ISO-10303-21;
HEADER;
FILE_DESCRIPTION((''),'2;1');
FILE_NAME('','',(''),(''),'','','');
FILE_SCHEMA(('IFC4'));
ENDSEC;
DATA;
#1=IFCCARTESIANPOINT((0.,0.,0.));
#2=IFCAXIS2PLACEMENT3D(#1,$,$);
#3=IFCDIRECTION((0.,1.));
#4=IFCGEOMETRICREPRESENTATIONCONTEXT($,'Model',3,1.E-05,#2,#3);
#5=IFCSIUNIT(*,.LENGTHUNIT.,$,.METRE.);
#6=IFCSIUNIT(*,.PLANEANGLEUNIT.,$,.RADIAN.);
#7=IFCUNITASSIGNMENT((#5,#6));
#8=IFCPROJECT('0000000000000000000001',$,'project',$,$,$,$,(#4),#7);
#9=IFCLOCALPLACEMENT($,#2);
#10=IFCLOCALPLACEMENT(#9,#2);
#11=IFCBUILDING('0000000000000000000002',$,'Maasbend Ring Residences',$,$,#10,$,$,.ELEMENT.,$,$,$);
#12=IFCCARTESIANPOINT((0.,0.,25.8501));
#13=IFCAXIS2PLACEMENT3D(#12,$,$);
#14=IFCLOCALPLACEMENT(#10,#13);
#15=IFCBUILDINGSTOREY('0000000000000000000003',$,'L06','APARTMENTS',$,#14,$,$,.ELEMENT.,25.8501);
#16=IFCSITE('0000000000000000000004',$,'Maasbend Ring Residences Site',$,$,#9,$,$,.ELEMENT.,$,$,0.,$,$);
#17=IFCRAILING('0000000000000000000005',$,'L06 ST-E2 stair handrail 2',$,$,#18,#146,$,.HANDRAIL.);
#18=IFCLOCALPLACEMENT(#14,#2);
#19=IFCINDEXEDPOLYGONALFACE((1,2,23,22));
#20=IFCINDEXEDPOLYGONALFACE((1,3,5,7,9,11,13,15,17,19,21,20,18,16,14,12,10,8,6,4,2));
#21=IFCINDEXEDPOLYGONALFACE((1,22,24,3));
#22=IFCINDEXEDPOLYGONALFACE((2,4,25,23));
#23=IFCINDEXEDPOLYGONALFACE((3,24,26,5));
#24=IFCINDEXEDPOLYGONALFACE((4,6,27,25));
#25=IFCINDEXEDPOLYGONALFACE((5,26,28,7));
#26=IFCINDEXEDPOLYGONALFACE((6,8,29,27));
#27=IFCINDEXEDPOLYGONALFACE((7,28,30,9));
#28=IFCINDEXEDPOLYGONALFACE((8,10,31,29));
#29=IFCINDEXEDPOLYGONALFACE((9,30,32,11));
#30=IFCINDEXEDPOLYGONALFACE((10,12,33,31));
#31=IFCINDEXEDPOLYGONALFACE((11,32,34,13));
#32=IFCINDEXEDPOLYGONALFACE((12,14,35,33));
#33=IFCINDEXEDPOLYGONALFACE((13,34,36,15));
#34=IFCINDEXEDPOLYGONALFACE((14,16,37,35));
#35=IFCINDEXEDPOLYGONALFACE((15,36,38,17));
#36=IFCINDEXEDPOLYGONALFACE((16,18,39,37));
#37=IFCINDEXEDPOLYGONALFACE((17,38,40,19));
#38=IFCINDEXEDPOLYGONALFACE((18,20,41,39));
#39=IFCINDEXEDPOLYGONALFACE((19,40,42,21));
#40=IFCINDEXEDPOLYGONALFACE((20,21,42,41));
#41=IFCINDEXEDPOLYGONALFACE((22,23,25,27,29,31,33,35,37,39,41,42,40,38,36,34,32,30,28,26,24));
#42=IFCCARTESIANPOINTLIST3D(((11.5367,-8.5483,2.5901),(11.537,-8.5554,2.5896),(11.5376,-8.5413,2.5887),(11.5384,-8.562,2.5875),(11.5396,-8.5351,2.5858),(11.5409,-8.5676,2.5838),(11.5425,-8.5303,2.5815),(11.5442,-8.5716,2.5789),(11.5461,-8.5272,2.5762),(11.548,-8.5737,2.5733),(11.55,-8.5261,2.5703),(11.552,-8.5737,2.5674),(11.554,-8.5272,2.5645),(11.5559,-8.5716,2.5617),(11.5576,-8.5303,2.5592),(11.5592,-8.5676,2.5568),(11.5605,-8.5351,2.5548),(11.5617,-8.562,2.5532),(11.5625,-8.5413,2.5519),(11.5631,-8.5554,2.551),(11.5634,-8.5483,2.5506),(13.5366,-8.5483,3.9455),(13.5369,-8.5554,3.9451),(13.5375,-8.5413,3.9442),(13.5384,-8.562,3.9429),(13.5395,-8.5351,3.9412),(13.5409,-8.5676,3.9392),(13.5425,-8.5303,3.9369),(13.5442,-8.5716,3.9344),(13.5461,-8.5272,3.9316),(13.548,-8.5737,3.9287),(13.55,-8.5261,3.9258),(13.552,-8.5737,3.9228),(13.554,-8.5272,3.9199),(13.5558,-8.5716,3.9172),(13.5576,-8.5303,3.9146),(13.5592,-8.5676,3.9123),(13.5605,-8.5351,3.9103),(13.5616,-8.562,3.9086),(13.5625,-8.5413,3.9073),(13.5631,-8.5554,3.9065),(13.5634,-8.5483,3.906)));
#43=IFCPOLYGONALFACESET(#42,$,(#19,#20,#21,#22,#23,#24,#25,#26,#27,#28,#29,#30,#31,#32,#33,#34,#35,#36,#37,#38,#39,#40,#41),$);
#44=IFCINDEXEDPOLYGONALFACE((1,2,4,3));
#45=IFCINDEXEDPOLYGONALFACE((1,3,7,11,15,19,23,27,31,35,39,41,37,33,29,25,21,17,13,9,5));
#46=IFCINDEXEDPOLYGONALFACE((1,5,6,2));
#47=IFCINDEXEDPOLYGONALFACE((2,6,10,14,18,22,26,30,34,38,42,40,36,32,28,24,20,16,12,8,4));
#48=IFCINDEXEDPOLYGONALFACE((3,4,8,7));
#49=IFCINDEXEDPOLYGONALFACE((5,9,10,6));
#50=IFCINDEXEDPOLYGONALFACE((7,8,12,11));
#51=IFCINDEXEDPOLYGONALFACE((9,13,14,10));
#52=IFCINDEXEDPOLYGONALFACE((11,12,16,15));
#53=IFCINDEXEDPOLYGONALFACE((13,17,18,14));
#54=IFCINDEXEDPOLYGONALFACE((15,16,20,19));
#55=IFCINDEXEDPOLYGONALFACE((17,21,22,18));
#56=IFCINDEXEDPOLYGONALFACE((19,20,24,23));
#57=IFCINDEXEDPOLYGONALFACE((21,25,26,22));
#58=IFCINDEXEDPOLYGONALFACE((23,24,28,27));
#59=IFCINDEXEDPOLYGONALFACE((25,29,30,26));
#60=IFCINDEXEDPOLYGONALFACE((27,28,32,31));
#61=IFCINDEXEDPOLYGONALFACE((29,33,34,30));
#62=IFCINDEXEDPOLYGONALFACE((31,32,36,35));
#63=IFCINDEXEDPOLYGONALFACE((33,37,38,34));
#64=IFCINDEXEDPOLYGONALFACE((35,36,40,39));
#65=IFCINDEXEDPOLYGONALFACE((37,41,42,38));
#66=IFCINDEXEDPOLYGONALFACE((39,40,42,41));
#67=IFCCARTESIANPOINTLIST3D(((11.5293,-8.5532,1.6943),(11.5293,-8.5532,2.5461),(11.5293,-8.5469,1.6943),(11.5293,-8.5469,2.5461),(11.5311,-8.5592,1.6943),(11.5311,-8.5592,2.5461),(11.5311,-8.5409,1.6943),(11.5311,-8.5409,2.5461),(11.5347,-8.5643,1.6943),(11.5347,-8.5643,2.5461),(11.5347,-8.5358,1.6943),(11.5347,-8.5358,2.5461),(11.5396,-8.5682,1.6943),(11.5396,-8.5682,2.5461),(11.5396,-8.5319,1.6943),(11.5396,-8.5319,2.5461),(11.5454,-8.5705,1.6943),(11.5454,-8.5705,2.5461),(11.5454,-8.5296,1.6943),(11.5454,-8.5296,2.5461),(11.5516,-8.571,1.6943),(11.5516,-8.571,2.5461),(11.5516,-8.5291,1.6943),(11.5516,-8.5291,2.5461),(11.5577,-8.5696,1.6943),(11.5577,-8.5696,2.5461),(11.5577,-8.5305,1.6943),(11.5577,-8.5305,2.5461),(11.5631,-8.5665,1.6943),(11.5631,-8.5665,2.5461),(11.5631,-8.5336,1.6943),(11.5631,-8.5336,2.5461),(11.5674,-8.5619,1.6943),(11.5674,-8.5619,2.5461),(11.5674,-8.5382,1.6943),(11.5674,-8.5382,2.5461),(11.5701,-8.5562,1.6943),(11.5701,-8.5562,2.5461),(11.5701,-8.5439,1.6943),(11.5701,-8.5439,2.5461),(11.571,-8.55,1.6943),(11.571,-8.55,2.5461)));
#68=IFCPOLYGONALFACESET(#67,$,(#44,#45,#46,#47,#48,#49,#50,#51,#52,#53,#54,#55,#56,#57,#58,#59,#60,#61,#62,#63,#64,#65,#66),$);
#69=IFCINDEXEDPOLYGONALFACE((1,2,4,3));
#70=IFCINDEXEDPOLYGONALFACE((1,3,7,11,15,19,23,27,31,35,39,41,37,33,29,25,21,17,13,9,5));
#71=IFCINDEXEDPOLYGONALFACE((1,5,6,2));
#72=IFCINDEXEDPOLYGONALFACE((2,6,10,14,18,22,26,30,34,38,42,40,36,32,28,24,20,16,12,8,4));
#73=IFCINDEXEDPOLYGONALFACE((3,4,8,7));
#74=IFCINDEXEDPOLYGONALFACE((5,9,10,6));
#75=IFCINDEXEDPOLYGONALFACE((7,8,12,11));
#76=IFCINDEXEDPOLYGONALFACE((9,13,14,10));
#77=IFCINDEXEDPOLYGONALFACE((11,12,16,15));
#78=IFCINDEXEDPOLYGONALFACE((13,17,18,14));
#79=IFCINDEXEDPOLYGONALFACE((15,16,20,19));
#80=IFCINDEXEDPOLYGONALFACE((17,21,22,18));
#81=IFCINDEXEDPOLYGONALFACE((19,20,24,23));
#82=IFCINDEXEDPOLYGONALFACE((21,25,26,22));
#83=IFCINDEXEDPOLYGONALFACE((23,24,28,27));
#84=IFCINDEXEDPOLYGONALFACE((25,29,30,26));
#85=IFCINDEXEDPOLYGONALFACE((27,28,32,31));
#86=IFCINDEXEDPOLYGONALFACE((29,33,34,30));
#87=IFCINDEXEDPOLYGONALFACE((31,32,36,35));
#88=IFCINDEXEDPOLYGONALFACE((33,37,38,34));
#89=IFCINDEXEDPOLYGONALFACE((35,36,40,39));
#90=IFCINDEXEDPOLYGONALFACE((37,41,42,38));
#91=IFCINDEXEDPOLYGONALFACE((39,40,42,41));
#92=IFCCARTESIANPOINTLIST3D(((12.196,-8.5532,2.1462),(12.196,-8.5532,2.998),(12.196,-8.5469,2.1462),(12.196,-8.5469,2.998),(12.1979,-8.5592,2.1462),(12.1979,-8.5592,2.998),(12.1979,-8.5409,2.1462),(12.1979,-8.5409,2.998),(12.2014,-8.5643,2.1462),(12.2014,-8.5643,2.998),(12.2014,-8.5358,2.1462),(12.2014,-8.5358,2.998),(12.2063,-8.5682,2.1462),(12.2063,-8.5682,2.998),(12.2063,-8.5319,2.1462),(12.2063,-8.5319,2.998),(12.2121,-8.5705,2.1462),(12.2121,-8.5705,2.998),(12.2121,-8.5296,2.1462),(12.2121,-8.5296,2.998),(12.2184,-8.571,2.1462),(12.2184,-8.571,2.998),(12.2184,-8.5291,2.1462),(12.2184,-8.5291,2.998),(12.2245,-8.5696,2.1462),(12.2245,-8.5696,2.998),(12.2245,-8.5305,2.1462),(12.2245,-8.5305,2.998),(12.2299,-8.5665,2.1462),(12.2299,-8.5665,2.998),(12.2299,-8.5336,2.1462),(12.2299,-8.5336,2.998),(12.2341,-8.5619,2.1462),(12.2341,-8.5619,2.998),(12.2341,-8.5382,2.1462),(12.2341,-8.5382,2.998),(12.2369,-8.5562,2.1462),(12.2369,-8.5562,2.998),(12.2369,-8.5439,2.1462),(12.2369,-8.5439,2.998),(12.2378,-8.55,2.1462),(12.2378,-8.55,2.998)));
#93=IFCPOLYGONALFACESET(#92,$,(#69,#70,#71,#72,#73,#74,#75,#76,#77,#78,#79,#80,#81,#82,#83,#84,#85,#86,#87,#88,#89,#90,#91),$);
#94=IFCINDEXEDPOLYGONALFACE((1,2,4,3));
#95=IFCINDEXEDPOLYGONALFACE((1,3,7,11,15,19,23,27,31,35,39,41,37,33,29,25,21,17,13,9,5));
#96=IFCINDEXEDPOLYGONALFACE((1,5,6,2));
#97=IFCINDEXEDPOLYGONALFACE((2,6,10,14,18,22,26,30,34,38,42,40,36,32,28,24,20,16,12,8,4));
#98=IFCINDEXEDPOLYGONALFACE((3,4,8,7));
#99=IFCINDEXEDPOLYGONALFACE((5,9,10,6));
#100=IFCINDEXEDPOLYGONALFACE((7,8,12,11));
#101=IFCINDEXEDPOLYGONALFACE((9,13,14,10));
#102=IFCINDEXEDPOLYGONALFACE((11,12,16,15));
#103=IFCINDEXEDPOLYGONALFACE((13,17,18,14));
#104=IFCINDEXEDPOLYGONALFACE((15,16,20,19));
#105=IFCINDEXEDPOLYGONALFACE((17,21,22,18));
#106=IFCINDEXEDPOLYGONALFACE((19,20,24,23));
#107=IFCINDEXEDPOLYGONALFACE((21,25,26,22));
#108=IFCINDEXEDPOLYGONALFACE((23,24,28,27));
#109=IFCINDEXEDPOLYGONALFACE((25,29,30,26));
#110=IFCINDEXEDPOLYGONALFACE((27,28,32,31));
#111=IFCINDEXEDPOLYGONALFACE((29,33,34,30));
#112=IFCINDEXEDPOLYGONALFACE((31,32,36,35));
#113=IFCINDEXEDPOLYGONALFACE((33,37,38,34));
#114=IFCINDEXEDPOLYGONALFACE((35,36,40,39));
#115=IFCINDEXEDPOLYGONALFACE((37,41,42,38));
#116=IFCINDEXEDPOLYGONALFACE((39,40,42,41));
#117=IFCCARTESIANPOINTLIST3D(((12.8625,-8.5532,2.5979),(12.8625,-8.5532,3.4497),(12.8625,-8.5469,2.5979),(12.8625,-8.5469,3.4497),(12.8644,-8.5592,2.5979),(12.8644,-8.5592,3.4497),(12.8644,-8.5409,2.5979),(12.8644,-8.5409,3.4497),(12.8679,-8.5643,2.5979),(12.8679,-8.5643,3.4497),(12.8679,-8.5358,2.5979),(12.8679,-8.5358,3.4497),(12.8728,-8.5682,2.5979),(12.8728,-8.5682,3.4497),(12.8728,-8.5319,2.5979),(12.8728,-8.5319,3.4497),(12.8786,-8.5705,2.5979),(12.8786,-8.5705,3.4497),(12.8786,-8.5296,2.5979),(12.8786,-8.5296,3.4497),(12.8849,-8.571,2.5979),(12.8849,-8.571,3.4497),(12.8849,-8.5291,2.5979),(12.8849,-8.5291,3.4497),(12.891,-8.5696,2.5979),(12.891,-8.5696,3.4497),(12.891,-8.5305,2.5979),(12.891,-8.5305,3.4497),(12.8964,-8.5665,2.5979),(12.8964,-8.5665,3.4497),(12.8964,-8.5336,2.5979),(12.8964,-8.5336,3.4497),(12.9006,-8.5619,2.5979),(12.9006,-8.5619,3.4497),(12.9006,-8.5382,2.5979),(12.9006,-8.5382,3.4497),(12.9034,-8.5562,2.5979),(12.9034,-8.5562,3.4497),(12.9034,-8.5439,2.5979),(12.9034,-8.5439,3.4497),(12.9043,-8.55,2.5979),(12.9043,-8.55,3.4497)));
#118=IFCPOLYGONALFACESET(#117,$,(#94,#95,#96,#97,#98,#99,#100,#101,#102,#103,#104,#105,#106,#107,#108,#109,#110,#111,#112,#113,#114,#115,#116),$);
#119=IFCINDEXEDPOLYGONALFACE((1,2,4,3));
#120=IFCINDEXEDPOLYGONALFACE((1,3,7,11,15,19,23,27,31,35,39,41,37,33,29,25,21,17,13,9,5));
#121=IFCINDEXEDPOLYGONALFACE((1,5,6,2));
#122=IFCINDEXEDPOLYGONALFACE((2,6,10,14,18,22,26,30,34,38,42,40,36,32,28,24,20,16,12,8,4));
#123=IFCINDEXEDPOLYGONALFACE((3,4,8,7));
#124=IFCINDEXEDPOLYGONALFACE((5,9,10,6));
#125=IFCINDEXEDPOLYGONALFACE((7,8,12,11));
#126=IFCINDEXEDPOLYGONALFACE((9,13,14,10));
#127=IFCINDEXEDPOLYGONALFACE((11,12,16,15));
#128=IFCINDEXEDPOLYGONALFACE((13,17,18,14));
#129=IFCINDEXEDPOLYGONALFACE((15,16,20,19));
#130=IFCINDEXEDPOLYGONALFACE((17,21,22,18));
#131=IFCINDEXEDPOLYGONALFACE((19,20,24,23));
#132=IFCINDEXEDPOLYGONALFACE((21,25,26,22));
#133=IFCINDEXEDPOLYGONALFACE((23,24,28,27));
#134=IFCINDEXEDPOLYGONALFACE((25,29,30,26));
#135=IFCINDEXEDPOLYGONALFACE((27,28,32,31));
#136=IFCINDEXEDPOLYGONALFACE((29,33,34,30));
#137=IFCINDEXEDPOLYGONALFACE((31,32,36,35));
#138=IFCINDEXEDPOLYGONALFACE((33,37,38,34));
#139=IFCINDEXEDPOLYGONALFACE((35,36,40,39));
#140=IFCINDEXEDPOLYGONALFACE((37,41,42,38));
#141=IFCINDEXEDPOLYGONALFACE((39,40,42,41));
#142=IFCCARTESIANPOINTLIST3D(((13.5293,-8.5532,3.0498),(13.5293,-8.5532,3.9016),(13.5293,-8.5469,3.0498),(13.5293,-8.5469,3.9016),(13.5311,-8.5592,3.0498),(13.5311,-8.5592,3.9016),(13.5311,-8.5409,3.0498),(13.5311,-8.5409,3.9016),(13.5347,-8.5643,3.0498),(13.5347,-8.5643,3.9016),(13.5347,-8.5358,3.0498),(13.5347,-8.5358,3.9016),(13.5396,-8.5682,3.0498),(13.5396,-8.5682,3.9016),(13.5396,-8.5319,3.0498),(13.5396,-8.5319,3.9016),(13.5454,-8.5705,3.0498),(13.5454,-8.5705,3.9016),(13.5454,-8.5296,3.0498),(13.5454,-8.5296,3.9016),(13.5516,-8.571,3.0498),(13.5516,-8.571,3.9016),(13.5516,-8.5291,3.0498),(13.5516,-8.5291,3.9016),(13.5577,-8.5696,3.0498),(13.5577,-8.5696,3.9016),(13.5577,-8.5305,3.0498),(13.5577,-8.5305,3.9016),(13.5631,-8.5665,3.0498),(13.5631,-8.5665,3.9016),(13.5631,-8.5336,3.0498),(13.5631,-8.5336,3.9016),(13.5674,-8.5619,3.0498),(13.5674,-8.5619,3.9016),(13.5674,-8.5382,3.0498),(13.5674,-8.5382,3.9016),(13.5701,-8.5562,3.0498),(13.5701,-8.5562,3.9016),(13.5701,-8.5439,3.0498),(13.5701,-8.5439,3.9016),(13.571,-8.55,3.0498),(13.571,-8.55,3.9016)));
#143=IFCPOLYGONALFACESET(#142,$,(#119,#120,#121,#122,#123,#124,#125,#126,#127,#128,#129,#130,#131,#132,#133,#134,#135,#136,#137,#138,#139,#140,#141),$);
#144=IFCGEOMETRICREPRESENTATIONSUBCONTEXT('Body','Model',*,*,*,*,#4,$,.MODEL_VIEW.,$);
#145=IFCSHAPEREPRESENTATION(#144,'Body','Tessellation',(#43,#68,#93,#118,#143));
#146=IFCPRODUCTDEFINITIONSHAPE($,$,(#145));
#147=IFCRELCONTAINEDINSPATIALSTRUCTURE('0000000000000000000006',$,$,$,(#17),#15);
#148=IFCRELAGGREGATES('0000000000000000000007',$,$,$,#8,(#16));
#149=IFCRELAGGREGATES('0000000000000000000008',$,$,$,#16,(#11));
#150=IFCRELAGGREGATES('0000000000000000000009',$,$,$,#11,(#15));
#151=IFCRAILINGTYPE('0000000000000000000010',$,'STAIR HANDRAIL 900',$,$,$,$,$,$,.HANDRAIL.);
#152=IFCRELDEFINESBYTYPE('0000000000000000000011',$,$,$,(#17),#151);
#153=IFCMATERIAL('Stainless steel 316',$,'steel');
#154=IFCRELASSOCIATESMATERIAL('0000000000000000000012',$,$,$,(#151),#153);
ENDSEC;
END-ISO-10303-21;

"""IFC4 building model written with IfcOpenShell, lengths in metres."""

from ifc_helpers import new_model, si_unit, direction, frame, origin, origin_2d, place, context, subcontext, project, spatial, circle, extrude, material, type_object, element, save


model = new_model("IFC4")

# Units and contexts
model_context = context("Model", 3, precision=1e-05, world=origin(), true_north=direction((0.0, 1.0)))
body_context = subcontext(model_context, "Body", "Model", "MODEL_VIEW")
ifc_project = project(units=[si_unit("LENGTHUNIT", "METRE"), si_unit("PLANEANGLEUNIT", "RADIAN")], contexts=[model_context])

# Site, building, storey
site_placement = place(None, origin())
site = spatial("IfcSite", under=ifc_project, at=site_placement, Name="Maasbend Ring Residences Site", CompositionType="ELEMENT", RefElevation=0.0)
building_placement = place(site_placement, origin())
building = spatial("IfcBuilding", under=site, at=building_placement, Name="Maasbend Ring Residences", CompositionType="ELEMENT")
storey_placement = place(building_placement, frame((0.0, 0.0, 25.8501)))
storey = spatial("IfcBuildingStorey", under=building, at=storey_placement, Name="L06", Description="APARTMENTS", CompositionType="ELEMENT", Elevation=25.8501)

# Railing
ifc_material_1 = material(Name="Stainless steel 316", Category="steel")
railing_type_1 = type_object("IfcRailingType", Name="STAIR HANDRAIL 900", PredefinedType="HANDRAIL", material=ifc_material_1)
railing_1_placement = place(storey_placement, frame((11.55, -8.55, 1.6943)))
element("IfcRailing", 1, at=railing_1_placement, inside=storey, type_object=railing_type_1, Name="L06 ST-E2 stair handrail 2", PredefinedType="HANDRAIL", context=body_context, shape_type="SweptSolid", body=[
    extrude(circle(Radius=0.0239, at=origin_2d()), frame((0.0, 0.0, 0.876), z_axis=(0.827798, 0.0, 0.561027), x_axis=(0.0, 1.0, 0.0)), (0.0, 0.0, 1.0), 2.416),
    extrude(circle(Radius=0.021, at=origin_2d()), origin(), (0.0, 0.0, 1.0), 0.8518),
    extrude(circle(Radius=0.021, at=origin_2d()), frame((0.6667, 0.0, 0.4519)), (0.0, 0.0, 1.0), 0.8518),
    extrude(circle(Radius=0.021, at=origin_2d()), frame((1.3333, 0.0, 0.9036)), (0.0, 0.0, 1.0), 0.8518),
    extrude(circle(Radius=0.021, at=origin_2d()), frame((2.0, 0.0, 1.3555)), (0.0, 0.0, 1.0), 0.8518),
])

save(model, "model.ifc")
